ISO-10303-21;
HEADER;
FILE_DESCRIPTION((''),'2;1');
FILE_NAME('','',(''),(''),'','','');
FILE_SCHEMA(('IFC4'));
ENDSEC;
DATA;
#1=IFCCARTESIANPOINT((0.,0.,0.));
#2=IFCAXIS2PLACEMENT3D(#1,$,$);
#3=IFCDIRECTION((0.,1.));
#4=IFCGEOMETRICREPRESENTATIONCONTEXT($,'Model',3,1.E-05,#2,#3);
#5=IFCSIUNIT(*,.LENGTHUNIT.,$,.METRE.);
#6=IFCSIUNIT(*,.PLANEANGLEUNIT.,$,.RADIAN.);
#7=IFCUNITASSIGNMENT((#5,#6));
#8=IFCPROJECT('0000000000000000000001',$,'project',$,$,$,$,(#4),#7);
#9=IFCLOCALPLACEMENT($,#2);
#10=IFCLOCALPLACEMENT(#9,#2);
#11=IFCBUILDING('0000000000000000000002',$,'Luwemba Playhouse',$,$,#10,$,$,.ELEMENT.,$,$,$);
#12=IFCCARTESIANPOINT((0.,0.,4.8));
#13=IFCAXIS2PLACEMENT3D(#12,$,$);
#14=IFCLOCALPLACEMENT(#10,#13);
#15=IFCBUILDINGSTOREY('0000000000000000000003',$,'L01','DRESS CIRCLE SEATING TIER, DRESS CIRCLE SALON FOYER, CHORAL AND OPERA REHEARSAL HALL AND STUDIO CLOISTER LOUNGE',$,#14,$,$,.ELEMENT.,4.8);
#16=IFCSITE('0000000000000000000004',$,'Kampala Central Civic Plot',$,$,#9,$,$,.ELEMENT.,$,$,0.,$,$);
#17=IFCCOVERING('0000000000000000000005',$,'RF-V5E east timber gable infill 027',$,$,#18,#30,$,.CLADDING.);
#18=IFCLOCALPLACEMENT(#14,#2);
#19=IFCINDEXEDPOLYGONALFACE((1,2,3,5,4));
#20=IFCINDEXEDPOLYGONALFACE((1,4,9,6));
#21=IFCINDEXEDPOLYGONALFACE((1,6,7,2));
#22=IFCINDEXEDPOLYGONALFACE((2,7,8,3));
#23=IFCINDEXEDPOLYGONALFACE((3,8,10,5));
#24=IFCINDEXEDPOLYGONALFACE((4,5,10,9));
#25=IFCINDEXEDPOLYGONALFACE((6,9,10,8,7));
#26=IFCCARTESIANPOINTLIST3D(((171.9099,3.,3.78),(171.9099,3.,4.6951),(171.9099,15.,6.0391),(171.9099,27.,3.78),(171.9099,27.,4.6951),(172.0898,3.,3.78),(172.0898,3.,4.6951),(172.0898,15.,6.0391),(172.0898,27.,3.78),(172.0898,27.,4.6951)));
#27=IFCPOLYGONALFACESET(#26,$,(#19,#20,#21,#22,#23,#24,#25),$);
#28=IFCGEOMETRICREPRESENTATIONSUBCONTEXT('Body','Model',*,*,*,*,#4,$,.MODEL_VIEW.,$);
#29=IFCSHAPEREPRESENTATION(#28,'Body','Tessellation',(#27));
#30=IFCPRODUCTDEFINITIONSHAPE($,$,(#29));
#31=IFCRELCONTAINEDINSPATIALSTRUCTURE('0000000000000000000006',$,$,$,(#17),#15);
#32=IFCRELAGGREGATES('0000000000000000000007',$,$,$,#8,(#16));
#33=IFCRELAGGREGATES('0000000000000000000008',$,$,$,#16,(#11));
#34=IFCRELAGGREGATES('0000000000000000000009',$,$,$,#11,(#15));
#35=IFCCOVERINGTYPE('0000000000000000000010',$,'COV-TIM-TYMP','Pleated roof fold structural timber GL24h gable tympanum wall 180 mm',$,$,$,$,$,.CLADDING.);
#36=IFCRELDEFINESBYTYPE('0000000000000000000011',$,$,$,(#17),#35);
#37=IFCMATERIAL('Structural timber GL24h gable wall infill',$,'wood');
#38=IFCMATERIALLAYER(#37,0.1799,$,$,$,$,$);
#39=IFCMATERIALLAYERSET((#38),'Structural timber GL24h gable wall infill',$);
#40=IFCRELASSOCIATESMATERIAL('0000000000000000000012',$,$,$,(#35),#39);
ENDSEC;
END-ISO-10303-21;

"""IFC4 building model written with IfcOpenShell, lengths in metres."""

from ifc_helpers import new_model, si_unit, direction, frame, origin, place, context, subcontext, project, spatial, polyline, outline, extrude, material, layer, layer_set, type_object, element, save


model = new_model("IFC4")

# Units and contexts
model_context = context("Model", 3, precision=1e-05, world=origin(), true_north=direction((0.0, 1.0)))
body_context = subcontext(model_context, "Body", "Model", "MODEL_VIEW")
ifc_project = project(units=[si_unit("LENGTHUNIT", "METRE"), si_unit("PLANEANGLEUNIT", "RADIAN")], contexts=[model_context])

# Site, building, storey
site_placement = place(None, origin())
site = spatial("IfcSite", under=ifc_project, at=site_placement, Name="Kampala Central Civic Plot", CompositionType="ELEMENT", RefElevation=0.0)
building_placement = place(site_placement, origin())
building = spatial("IfcBuilding", under=site, at=building_placement, Name="Luwemba Playhouse", CompositionType="ELEMENT")
storey_placement = place(building_placement, frame((0.0, 0.0, 4.8)))
storey = spatial("IfcBuildingStorey", under=building, at=storey_placement, Name="L01", Description="DRESS CIRCLE SEATING TIER, DRESS CIRCLE SALON FOYER, CHORAL AND OPERA REHEARSAL HALL AND STUDIO CLOISTER LOUNGE", CompositionType="ELEMENT", Elevation=4.8)

# Covering
ifc_material_1 = material(Name="Structural timber GL24h gable wall infill", Category="wood")
ifc_layer_1 = layer(ifc_material_1, 0.1799)
ifc_layer_set_1 = layer_set([ifc_layer_1], Name="Structural timber GL24h gable wall infill")
covering_type = type_object("IfcCoveringType", Name="COV-TIM-TYMP", Description="Pleated roof fold structural timber GL24h gable tympanum wall 180 mm", PredefinedType="CLADDING", material=ifc_layer_set_1)
covering_placement = place(storey_placement, frame((172.0, 27.0, 3.78), z_axis=(0.0, 0.0, 1.0), x_axis=(0.0, -1.0, 0.0)))
element("IfcCovering", 1, at=covering_placement, inside=storey, type_object=covering_type, Name="RF-V5E east timber gable infill 027", PredefinedType="CLADDING", context=body_context, shape_type="SweptSolid", body=[
    extrude(outline(polyline([(0.0, 0.0), (24.0, 0.0), (24.0, 0.915), (12.0, 2.259), (0.0, 0.915), (0.0, 0.0)])), frame((0.0, 0.0898, 0.0), z_axis=(0.0, -1.0, 0.0), x_axis=(1.0, 0.0, 0.0)), (0.0, 0.0, 1.0), 0.1799),
])

save(model, "model.ifc")
